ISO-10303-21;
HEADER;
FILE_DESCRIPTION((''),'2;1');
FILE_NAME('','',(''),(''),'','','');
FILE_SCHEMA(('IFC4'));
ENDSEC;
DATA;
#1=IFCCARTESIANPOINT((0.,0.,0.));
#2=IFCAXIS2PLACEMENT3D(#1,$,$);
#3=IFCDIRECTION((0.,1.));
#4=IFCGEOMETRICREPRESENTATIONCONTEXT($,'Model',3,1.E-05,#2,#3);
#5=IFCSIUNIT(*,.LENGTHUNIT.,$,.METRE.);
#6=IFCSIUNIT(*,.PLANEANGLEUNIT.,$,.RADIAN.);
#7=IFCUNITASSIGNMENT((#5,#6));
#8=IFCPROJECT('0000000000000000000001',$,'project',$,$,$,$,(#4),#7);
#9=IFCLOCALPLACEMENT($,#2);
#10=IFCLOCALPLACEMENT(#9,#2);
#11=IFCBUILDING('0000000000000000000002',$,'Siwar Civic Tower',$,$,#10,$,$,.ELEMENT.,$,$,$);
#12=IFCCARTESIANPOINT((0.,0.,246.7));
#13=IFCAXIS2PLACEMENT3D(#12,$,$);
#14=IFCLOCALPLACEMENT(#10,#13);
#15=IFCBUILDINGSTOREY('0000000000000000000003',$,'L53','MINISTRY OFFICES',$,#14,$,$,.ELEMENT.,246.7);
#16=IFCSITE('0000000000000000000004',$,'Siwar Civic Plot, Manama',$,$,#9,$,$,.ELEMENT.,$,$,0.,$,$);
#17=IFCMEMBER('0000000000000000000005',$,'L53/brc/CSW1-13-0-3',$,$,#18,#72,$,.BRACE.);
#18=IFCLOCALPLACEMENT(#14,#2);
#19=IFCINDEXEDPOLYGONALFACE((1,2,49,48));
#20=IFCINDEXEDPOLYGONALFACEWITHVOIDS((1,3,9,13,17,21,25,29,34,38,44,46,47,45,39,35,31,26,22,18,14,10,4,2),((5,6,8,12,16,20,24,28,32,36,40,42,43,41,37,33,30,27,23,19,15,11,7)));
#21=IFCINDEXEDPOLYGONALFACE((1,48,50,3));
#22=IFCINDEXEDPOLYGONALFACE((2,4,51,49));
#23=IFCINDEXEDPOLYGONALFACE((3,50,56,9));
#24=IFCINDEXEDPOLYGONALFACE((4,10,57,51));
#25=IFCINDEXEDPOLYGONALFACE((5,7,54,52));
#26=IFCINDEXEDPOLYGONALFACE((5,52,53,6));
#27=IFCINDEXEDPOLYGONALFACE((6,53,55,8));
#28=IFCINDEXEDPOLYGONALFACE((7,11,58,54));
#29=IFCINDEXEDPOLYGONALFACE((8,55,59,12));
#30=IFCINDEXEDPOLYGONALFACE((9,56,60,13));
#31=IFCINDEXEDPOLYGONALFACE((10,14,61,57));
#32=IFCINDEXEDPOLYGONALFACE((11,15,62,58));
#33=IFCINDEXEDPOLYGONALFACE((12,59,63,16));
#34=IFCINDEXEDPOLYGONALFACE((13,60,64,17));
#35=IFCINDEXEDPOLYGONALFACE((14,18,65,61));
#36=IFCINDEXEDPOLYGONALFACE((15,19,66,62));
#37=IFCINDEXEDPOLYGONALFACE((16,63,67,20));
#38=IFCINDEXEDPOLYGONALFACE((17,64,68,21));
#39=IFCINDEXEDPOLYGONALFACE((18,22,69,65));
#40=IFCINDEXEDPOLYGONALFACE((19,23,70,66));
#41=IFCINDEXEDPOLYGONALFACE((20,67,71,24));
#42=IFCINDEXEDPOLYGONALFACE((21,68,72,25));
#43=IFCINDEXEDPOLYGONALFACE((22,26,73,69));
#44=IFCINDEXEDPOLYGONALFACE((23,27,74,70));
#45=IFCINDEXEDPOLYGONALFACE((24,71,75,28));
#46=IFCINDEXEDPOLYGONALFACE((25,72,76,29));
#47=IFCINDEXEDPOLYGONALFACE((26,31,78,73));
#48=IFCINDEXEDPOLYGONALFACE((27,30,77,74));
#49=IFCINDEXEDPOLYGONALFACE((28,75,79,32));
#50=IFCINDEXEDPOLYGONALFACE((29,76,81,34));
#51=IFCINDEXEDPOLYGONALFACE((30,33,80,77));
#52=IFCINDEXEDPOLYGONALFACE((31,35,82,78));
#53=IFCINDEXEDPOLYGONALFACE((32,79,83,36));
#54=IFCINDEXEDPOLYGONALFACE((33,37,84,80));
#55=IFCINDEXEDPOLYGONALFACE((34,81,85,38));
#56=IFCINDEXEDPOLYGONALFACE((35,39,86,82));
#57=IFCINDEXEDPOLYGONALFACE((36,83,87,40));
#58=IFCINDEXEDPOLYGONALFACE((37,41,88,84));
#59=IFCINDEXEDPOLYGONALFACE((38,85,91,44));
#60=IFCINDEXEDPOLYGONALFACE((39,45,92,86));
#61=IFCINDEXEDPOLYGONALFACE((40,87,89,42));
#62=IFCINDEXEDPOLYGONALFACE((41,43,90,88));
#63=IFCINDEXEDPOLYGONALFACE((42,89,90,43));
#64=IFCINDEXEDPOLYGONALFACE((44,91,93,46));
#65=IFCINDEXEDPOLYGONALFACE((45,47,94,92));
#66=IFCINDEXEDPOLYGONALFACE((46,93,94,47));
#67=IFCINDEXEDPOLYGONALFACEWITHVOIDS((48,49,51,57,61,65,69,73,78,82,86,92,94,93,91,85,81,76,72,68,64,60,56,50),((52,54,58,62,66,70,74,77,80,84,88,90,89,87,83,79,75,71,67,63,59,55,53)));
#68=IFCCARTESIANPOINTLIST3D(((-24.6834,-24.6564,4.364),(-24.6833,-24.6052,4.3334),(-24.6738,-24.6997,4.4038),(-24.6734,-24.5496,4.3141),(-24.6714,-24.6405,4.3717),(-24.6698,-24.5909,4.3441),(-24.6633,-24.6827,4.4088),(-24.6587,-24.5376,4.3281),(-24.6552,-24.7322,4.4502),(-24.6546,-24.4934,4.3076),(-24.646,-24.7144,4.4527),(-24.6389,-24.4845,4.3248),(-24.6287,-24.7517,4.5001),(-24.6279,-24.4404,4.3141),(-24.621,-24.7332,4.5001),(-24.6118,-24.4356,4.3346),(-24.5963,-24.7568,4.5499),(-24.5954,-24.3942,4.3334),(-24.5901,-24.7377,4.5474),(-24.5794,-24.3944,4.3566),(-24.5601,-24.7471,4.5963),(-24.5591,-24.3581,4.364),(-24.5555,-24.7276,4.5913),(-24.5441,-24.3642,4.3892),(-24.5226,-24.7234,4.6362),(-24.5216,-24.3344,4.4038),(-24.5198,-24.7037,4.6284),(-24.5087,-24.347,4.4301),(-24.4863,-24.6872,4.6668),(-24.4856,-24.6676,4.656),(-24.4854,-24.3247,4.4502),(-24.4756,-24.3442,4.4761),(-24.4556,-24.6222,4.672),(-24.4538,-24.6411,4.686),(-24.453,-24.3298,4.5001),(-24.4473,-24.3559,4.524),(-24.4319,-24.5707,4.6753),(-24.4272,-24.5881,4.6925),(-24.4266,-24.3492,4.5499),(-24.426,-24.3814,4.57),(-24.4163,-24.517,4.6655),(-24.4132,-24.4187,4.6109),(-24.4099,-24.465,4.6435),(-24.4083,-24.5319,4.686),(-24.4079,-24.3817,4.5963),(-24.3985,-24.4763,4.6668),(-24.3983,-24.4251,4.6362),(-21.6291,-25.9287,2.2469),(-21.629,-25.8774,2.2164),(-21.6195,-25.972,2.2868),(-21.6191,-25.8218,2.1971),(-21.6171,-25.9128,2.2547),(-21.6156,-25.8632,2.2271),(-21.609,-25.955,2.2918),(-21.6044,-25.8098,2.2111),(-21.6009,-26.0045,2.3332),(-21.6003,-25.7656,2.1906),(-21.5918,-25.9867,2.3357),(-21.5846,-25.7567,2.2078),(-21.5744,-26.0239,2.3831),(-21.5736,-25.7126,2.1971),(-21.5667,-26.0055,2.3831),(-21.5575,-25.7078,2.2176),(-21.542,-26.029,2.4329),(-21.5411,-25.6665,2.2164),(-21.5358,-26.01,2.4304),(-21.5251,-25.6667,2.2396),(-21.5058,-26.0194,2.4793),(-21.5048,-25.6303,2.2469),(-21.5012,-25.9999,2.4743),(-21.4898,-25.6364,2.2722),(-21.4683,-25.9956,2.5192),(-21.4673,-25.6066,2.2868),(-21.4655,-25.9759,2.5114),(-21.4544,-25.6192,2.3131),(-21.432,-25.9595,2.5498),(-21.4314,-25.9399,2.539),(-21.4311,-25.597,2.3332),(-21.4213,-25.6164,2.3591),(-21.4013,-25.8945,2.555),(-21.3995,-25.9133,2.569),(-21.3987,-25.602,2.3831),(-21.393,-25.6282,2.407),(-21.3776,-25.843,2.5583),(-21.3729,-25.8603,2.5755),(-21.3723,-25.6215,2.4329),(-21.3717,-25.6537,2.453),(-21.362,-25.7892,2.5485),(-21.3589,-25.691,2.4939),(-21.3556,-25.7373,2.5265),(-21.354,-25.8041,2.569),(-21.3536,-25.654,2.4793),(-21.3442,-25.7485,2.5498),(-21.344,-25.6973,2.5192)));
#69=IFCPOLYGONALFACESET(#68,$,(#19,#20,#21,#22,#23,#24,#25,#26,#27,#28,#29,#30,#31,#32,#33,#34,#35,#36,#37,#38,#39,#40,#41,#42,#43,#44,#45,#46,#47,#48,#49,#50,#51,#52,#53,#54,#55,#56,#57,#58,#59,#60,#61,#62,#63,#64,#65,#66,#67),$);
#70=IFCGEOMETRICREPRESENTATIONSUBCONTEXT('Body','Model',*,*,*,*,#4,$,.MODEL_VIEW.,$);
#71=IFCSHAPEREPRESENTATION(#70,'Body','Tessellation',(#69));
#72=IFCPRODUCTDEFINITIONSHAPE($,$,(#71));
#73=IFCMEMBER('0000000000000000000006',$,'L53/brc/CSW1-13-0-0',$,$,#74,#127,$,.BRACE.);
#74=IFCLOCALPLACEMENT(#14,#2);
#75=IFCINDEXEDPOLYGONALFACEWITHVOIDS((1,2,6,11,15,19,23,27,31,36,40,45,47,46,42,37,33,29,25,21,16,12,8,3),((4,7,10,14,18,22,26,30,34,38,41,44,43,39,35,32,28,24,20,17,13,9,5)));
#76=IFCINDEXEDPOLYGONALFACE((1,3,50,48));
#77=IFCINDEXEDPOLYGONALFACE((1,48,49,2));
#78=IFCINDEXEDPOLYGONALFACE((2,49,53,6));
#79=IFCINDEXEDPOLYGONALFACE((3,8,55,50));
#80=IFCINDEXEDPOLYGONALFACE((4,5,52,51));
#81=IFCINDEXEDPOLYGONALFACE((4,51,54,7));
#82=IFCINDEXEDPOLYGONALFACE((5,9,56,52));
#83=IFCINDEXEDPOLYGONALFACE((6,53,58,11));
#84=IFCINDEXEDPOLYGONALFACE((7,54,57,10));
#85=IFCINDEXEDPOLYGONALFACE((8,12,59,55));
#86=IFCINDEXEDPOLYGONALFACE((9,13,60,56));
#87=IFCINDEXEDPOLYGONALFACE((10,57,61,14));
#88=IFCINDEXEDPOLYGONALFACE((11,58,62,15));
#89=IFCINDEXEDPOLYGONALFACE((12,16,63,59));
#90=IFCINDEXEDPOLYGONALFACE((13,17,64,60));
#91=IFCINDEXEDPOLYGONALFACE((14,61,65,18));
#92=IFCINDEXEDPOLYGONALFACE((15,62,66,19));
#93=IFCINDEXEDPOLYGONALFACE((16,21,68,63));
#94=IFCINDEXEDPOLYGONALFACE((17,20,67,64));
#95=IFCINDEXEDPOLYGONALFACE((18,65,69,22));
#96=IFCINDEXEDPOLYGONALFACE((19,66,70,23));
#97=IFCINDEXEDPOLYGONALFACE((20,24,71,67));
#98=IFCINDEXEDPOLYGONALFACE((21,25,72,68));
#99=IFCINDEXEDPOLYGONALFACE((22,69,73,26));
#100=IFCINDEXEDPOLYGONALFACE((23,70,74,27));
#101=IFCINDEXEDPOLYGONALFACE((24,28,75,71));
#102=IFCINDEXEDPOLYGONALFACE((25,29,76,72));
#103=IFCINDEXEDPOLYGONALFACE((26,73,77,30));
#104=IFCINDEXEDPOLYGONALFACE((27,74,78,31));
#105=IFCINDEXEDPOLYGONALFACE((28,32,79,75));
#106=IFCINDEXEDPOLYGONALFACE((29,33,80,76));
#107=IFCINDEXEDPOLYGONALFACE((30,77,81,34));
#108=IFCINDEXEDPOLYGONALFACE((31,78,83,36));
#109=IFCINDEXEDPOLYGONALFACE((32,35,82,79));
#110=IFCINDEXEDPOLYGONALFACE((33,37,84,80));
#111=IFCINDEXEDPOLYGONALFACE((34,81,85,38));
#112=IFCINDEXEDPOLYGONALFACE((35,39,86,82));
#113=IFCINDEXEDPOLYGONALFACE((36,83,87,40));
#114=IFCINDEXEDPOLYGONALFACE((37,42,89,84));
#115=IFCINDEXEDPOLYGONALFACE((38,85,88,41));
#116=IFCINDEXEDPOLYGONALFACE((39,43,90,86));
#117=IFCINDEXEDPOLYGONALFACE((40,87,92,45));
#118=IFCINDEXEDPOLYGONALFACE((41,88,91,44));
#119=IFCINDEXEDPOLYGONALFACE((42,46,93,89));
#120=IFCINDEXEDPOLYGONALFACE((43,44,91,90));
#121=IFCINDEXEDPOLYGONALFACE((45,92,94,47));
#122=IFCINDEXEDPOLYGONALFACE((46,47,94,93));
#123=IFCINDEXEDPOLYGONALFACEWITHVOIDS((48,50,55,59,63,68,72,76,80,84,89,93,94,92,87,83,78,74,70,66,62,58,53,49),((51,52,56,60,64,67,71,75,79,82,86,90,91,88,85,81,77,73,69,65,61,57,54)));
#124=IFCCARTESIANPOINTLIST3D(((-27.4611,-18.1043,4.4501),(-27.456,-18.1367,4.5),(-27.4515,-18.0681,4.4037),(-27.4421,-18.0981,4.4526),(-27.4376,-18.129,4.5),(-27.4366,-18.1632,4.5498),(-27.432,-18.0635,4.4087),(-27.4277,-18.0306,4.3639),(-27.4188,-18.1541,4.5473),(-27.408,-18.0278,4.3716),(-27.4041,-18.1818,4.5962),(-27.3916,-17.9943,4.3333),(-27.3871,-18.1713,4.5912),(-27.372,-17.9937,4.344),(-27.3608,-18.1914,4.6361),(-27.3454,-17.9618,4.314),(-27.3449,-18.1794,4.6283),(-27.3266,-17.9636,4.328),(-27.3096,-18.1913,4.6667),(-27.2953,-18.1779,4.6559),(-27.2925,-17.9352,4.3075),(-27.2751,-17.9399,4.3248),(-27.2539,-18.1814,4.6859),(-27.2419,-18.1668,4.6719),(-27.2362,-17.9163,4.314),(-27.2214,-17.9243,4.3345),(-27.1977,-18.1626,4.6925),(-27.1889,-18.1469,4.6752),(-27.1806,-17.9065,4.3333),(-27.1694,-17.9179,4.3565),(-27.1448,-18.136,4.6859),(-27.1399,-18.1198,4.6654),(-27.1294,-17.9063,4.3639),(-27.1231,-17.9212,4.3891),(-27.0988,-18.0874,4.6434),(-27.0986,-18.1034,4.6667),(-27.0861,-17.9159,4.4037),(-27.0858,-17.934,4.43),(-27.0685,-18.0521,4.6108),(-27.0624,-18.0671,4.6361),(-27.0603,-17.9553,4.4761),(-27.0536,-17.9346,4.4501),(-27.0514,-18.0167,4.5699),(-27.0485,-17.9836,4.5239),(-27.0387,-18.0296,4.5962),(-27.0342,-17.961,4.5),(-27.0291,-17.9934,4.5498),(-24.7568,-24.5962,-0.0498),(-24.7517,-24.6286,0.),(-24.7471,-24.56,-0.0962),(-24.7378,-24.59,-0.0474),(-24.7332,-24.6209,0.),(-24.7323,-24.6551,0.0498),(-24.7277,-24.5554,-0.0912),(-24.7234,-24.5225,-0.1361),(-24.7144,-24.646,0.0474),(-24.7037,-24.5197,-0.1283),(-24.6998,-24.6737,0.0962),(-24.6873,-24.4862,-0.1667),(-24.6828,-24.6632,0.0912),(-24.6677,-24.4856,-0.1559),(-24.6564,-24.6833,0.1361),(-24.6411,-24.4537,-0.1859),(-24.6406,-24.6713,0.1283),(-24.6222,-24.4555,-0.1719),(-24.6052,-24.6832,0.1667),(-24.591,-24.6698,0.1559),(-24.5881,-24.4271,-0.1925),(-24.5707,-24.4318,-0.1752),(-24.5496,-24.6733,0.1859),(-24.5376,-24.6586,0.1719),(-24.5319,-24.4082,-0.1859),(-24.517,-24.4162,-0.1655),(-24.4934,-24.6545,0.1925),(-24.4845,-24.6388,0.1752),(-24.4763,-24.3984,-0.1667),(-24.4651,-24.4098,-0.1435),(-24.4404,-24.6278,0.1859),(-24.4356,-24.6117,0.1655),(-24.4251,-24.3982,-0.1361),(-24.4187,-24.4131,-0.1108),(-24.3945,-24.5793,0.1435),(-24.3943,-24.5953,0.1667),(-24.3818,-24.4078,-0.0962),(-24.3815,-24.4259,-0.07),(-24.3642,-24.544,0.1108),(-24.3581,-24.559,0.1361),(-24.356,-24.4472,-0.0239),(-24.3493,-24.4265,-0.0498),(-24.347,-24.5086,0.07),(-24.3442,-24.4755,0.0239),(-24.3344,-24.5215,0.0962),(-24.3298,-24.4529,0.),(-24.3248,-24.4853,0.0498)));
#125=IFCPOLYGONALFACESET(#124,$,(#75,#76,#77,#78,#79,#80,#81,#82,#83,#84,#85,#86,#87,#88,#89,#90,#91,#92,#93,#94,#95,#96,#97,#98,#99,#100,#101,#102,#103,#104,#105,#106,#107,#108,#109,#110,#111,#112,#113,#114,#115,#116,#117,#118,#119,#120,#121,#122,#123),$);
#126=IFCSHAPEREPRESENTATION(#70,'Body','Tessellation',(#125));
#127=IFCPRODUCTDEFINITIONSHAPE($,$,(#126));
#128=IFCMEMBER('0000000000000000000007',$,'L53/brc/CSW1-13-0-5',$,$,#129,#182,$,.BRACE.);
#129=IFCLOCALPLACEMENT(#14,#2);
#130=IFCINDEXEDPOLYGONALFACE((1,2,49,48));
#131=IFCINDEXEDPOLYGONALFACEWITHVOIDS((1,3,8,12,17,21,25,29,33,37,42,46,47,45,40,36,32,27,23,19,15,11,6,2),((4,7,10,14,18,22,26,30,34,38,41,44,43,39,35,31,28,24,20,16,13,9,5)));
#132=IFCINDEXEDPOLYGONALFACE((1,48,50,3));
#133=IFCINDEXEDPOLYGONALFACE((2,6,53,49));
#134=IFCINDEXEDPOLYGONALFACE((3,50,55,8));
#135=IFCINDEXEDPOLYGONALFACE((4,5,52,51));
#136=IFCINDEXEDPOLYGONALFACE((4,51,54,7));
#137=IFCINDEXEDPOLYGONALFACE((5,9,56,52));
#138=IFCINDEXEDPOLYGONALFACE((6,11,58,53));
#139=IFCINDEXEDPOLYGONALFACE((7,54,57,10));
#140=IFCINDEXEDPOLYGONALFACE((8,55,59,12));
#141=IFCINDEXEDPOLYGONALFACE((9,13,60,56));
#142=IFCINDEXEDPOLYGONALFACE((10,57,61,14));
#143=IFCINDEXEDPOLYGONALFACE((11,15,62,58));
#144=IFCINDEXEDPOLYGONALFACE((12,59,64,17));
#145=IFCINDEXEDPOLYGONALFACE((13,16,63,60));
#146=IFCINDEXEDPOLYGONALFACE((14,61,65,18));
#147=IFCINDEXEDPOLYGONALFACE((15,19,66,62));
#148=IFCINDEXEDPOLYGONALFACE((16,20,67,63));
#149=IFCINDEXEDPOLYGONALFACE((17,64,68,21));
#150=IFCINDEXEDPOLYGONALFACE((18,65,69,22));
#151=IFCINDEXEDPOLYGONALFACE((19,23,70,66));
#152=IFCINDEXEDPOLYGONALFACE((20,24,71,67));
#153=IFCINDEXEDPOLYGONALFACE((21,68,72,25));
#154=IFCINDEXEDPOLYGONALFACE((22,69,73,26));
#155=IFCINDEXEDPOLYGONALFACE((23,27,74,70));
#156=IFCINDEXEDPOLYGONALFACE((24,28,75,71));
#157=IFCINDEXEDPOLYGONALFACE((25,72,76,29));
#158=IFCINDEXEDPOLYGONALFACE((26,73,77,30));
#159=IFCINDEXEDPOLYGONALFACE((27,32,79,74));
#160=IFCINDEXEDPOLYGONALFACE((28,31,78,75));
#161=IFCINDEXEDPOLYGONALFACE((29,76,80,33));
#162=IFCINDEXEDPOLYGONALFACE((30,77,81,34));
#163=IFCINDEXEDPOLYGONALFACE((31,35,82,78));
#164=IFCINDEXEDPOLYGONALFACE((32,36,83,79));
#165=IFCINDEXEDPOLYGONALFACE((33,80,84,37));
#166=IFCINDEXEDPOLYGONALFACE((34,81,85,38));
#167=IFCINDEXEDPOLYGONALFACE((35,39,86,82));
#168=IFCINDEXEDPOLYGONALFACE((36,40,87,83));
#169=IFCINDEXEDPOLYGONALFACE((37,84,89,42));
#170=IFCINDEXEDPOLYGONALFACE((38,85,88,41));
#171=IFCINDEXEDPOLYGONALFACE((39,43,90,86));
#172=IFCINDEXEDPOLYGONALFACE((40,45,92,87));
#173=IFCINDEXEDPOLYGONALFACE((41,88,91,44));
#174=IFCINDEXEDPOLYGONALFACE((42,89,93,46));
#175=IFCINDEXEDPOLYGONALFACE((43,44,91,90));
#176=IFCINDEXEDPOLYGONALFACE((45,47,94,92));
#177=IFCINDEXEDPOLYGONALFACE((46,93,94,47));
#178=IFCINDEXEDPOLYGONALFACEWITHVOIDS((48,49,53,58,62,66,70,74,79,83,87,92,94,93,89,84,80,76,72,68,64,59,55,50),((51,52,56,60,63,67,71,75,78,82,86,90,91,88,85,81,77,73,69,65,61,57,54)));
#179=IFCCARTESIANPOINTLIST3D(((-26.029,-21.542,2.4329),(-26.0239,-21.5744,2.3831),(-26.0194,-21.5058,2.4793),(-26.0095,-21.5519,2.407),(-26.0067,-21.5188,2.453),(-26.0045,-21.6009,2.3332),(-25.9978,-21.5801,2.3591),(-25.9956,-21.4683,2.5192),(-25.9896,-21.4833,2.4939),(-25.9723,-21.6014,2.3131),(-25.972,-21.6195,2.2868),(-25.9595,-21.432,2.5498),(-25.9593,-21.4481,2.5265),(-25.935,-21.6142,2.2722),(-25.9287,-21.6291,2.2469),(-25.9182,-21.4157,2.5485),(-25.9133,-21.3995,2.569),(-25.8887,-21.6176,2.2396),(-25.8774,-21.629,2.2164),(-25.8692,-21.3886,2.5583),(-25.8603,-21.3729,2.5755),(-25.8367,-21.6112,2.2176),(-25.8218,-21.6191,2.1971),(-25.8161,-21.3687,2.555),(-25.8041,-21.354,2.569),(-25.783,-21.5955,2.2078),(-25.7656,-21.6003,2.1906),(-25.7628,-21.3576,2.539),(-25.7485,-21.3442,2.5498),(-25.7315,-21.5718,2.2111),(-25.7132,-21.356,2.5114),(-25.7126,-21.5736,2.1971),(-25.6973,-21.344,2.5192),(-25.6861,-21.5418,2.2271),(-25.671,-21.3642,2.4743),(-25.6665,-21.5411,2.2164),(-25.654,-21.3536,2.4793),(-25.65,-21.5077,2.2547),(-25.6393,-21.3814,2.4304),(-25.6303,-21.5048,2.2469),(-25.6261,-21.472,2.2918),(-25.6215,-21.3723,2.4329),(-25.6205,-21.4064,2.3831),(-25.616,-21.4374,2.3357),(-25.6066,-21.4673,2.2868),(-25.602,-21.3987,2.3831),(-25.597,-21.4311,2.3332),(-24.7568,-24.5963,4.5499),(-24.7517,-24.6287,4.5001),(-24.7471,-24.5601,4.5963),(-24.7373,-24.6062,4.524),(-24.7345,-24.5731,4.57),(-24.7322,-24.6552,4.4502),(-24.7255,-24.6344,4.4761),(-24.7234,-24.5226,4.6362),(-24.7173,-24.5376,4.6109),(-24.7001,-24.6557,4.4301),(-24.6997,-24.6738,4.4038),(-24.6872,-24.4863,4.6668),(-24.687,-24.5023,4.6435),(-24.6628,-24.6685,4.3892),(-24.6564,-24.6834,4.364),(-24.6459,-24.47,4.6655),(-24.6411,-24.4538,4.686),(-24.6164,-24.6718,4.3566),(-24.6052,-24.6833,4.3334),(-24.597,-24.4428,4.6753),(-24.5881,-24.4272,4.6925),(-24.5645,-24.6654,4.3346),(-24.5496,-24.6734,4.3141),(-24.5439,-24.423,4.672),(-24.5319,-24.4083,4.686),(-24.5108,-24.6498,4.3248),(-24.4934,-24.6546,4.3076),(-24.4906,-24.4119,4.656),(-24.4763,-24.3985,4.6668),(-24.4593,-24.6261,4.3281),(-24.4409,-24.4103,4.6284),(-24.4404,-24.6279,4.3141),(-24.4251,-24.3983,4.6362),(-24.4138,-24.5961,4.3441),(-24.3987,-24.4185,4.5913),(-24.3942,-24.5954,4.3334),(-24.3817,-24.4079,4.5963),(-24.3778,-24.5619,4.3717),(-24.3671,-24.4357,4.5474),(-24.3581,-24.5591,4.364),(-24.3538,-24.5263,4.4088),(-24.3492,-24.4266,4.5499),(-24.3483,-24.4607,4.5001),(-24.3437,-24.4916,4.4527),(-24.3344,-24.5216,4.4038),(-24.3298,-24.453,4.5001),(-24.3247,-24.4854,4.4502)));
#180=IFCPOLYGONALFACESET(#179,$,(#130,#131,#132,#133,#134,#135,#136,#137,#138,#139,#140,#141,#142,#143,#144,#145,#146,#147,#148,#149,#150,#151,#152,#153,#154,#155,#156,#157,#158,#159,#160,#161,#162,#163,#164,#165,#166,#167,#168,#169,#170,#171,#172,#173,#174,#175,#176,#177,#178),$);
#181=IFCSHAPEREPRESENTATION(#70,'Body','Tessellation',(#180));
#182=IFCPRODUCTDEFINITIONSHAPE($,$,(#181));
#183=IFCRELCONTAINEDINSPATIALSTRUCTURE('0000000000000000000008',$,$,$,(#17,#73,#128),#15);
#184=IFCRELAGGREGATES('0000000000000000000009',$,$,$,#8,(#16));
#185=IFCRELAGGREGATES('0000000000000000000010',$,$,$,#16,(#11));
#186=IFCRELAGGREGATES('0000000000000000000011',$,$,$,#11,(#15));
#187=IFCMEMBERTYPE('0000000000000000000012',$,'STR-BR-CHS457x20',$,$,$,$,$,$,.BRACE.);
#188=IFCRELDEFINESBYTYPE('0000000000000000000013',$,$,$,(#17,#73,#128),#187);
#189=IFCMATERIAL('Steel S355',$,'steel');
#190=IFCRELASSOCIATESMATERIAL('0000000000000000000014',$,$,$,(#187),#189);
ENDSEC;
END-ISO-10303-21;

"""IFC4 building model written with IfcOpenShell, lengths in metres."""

from ifc_helpers import new_model, si_unit, direction, frame, origin, origin_2d, place, context, subcontext, project, spatial, hollow_circle, extrude, material, material_profile, profile_set, type_object, element, save


model = new_model("IFC4")

# Units and contexts
model_context = context("Model", 3, precision=1e-05, world=origin(), true_north=direction((0.0, 1.0)))
body_context = subcontext(model_context, "Body", "Model", "MODEL_VIEW")
ifc_project = project(units=[si_unit("LENGTHUNIT", "METRE"), si_unit("PLANEANGLEUNIT", "RADIAN")], contexts=[model_context])

# Site, building, storey
site_placement = place(None, origin())
site = spatial("IfcSite", under=ifc_project, at=site_placement, Name="Siwar Civic Plot, Manama", CompositionType="ELEMENT", RefElevation=0.0)
building_placement = place(site_placement, origin())
building = spatial("IfcBuilding", under=site, at=building_placement, Name="Siwar Civic Tower", CompositionType="ELEMENT")
storey_placement = place(building_placement, frame((0.0, 0.0, 246.7)))
storey = spatial("IfcBuildingStorey", under=building, at=storey_placement, Name="L53", Description="MINISTRY OFFICES", CompositionType="ELEMENT", Elevation=246.7)

# Members
ifc_material_1 = material(Name="Steel S355", Category="steel")
ifc_material_profile_1 = material_profile(ifc_material_1, hollow_circle(Radius=0.2285, WallThickness=0.02, at=origin_2d()), Name="CHS457x20")
ifc_profile_set_1 = profile_set([ifc_material_profile_1], Name="Steel S355")
member_type_1 = type_object("IfcMemberType", Name="STR-BR-CHS457x20", PredefinedType="BRACE", material=ifc_profile_set_1)
for number, where, z_axis, x_axis, name in (
    (1, (-21.4866, -25.813, 2.3831), (-0.777572, 0.323895, 0.538955), (-0.384521, -0.923116, 0.0), "L53/brc/CSW1-13-0-3"),
):
    element("IfcMember", number, at=place(storey_placement, frame(where, z_axis=z_axis, x_axis=x_axis)), inside=storey, type_object=member_type_1, Name=name, PredefinedType="BRACE", context=body_context, shape_type="SweptSolid", body=[
        extrude(hollow_circle(Radius=0.2285, WallThickness=0.02, at=origin_2d()), origin(), (0.0, 0.0, 1.0), 3.928),
    ])
member_1_placement = place(storey_placement, frame((-24.5408, -24.5408, 0.0), z_axis=(-0.323906, 0.777555, 0.538975), x_axis=(-0.923109, -0.384539, 0.0)))
element("IfcMember", 2, at=member_1_placement, inside=storey, type_object=member_type_1, Name="L53/brc/CSW1-13-0-0", PredefinedType="BRACE", context=body_context, shape_type="SweptSolid", body=[
    extrude(hollow_circle(Radius=0.2285, WallThickness=0.02, at=origin_2d()), origin(), (0.0, 0.0, 1.0), 8.3491),
])
member_2_placement = place(storey_placement, frame((-25.813, -21.4866, 2.3831), z_axis=(0.323895, -0.777572, 0.538955), x_axis=(0.923116, 0.384521, 0.0)))
element("IfcMember", 3, at=member_2_placement, inside=storey, type_object=member_type_1, Name="L53/brc/CSW1-13-0-5", PredefinedType="BRACE", context=body_context, shape_type="SweptSolid", body=[
    extrude(hollow_circle(Radius=0.2285, WallThickness=0.02, at=origin_2d()), origin(), (0.0, 0.0, 1.0), 3.928),
])

save(model, "model.ifc")
